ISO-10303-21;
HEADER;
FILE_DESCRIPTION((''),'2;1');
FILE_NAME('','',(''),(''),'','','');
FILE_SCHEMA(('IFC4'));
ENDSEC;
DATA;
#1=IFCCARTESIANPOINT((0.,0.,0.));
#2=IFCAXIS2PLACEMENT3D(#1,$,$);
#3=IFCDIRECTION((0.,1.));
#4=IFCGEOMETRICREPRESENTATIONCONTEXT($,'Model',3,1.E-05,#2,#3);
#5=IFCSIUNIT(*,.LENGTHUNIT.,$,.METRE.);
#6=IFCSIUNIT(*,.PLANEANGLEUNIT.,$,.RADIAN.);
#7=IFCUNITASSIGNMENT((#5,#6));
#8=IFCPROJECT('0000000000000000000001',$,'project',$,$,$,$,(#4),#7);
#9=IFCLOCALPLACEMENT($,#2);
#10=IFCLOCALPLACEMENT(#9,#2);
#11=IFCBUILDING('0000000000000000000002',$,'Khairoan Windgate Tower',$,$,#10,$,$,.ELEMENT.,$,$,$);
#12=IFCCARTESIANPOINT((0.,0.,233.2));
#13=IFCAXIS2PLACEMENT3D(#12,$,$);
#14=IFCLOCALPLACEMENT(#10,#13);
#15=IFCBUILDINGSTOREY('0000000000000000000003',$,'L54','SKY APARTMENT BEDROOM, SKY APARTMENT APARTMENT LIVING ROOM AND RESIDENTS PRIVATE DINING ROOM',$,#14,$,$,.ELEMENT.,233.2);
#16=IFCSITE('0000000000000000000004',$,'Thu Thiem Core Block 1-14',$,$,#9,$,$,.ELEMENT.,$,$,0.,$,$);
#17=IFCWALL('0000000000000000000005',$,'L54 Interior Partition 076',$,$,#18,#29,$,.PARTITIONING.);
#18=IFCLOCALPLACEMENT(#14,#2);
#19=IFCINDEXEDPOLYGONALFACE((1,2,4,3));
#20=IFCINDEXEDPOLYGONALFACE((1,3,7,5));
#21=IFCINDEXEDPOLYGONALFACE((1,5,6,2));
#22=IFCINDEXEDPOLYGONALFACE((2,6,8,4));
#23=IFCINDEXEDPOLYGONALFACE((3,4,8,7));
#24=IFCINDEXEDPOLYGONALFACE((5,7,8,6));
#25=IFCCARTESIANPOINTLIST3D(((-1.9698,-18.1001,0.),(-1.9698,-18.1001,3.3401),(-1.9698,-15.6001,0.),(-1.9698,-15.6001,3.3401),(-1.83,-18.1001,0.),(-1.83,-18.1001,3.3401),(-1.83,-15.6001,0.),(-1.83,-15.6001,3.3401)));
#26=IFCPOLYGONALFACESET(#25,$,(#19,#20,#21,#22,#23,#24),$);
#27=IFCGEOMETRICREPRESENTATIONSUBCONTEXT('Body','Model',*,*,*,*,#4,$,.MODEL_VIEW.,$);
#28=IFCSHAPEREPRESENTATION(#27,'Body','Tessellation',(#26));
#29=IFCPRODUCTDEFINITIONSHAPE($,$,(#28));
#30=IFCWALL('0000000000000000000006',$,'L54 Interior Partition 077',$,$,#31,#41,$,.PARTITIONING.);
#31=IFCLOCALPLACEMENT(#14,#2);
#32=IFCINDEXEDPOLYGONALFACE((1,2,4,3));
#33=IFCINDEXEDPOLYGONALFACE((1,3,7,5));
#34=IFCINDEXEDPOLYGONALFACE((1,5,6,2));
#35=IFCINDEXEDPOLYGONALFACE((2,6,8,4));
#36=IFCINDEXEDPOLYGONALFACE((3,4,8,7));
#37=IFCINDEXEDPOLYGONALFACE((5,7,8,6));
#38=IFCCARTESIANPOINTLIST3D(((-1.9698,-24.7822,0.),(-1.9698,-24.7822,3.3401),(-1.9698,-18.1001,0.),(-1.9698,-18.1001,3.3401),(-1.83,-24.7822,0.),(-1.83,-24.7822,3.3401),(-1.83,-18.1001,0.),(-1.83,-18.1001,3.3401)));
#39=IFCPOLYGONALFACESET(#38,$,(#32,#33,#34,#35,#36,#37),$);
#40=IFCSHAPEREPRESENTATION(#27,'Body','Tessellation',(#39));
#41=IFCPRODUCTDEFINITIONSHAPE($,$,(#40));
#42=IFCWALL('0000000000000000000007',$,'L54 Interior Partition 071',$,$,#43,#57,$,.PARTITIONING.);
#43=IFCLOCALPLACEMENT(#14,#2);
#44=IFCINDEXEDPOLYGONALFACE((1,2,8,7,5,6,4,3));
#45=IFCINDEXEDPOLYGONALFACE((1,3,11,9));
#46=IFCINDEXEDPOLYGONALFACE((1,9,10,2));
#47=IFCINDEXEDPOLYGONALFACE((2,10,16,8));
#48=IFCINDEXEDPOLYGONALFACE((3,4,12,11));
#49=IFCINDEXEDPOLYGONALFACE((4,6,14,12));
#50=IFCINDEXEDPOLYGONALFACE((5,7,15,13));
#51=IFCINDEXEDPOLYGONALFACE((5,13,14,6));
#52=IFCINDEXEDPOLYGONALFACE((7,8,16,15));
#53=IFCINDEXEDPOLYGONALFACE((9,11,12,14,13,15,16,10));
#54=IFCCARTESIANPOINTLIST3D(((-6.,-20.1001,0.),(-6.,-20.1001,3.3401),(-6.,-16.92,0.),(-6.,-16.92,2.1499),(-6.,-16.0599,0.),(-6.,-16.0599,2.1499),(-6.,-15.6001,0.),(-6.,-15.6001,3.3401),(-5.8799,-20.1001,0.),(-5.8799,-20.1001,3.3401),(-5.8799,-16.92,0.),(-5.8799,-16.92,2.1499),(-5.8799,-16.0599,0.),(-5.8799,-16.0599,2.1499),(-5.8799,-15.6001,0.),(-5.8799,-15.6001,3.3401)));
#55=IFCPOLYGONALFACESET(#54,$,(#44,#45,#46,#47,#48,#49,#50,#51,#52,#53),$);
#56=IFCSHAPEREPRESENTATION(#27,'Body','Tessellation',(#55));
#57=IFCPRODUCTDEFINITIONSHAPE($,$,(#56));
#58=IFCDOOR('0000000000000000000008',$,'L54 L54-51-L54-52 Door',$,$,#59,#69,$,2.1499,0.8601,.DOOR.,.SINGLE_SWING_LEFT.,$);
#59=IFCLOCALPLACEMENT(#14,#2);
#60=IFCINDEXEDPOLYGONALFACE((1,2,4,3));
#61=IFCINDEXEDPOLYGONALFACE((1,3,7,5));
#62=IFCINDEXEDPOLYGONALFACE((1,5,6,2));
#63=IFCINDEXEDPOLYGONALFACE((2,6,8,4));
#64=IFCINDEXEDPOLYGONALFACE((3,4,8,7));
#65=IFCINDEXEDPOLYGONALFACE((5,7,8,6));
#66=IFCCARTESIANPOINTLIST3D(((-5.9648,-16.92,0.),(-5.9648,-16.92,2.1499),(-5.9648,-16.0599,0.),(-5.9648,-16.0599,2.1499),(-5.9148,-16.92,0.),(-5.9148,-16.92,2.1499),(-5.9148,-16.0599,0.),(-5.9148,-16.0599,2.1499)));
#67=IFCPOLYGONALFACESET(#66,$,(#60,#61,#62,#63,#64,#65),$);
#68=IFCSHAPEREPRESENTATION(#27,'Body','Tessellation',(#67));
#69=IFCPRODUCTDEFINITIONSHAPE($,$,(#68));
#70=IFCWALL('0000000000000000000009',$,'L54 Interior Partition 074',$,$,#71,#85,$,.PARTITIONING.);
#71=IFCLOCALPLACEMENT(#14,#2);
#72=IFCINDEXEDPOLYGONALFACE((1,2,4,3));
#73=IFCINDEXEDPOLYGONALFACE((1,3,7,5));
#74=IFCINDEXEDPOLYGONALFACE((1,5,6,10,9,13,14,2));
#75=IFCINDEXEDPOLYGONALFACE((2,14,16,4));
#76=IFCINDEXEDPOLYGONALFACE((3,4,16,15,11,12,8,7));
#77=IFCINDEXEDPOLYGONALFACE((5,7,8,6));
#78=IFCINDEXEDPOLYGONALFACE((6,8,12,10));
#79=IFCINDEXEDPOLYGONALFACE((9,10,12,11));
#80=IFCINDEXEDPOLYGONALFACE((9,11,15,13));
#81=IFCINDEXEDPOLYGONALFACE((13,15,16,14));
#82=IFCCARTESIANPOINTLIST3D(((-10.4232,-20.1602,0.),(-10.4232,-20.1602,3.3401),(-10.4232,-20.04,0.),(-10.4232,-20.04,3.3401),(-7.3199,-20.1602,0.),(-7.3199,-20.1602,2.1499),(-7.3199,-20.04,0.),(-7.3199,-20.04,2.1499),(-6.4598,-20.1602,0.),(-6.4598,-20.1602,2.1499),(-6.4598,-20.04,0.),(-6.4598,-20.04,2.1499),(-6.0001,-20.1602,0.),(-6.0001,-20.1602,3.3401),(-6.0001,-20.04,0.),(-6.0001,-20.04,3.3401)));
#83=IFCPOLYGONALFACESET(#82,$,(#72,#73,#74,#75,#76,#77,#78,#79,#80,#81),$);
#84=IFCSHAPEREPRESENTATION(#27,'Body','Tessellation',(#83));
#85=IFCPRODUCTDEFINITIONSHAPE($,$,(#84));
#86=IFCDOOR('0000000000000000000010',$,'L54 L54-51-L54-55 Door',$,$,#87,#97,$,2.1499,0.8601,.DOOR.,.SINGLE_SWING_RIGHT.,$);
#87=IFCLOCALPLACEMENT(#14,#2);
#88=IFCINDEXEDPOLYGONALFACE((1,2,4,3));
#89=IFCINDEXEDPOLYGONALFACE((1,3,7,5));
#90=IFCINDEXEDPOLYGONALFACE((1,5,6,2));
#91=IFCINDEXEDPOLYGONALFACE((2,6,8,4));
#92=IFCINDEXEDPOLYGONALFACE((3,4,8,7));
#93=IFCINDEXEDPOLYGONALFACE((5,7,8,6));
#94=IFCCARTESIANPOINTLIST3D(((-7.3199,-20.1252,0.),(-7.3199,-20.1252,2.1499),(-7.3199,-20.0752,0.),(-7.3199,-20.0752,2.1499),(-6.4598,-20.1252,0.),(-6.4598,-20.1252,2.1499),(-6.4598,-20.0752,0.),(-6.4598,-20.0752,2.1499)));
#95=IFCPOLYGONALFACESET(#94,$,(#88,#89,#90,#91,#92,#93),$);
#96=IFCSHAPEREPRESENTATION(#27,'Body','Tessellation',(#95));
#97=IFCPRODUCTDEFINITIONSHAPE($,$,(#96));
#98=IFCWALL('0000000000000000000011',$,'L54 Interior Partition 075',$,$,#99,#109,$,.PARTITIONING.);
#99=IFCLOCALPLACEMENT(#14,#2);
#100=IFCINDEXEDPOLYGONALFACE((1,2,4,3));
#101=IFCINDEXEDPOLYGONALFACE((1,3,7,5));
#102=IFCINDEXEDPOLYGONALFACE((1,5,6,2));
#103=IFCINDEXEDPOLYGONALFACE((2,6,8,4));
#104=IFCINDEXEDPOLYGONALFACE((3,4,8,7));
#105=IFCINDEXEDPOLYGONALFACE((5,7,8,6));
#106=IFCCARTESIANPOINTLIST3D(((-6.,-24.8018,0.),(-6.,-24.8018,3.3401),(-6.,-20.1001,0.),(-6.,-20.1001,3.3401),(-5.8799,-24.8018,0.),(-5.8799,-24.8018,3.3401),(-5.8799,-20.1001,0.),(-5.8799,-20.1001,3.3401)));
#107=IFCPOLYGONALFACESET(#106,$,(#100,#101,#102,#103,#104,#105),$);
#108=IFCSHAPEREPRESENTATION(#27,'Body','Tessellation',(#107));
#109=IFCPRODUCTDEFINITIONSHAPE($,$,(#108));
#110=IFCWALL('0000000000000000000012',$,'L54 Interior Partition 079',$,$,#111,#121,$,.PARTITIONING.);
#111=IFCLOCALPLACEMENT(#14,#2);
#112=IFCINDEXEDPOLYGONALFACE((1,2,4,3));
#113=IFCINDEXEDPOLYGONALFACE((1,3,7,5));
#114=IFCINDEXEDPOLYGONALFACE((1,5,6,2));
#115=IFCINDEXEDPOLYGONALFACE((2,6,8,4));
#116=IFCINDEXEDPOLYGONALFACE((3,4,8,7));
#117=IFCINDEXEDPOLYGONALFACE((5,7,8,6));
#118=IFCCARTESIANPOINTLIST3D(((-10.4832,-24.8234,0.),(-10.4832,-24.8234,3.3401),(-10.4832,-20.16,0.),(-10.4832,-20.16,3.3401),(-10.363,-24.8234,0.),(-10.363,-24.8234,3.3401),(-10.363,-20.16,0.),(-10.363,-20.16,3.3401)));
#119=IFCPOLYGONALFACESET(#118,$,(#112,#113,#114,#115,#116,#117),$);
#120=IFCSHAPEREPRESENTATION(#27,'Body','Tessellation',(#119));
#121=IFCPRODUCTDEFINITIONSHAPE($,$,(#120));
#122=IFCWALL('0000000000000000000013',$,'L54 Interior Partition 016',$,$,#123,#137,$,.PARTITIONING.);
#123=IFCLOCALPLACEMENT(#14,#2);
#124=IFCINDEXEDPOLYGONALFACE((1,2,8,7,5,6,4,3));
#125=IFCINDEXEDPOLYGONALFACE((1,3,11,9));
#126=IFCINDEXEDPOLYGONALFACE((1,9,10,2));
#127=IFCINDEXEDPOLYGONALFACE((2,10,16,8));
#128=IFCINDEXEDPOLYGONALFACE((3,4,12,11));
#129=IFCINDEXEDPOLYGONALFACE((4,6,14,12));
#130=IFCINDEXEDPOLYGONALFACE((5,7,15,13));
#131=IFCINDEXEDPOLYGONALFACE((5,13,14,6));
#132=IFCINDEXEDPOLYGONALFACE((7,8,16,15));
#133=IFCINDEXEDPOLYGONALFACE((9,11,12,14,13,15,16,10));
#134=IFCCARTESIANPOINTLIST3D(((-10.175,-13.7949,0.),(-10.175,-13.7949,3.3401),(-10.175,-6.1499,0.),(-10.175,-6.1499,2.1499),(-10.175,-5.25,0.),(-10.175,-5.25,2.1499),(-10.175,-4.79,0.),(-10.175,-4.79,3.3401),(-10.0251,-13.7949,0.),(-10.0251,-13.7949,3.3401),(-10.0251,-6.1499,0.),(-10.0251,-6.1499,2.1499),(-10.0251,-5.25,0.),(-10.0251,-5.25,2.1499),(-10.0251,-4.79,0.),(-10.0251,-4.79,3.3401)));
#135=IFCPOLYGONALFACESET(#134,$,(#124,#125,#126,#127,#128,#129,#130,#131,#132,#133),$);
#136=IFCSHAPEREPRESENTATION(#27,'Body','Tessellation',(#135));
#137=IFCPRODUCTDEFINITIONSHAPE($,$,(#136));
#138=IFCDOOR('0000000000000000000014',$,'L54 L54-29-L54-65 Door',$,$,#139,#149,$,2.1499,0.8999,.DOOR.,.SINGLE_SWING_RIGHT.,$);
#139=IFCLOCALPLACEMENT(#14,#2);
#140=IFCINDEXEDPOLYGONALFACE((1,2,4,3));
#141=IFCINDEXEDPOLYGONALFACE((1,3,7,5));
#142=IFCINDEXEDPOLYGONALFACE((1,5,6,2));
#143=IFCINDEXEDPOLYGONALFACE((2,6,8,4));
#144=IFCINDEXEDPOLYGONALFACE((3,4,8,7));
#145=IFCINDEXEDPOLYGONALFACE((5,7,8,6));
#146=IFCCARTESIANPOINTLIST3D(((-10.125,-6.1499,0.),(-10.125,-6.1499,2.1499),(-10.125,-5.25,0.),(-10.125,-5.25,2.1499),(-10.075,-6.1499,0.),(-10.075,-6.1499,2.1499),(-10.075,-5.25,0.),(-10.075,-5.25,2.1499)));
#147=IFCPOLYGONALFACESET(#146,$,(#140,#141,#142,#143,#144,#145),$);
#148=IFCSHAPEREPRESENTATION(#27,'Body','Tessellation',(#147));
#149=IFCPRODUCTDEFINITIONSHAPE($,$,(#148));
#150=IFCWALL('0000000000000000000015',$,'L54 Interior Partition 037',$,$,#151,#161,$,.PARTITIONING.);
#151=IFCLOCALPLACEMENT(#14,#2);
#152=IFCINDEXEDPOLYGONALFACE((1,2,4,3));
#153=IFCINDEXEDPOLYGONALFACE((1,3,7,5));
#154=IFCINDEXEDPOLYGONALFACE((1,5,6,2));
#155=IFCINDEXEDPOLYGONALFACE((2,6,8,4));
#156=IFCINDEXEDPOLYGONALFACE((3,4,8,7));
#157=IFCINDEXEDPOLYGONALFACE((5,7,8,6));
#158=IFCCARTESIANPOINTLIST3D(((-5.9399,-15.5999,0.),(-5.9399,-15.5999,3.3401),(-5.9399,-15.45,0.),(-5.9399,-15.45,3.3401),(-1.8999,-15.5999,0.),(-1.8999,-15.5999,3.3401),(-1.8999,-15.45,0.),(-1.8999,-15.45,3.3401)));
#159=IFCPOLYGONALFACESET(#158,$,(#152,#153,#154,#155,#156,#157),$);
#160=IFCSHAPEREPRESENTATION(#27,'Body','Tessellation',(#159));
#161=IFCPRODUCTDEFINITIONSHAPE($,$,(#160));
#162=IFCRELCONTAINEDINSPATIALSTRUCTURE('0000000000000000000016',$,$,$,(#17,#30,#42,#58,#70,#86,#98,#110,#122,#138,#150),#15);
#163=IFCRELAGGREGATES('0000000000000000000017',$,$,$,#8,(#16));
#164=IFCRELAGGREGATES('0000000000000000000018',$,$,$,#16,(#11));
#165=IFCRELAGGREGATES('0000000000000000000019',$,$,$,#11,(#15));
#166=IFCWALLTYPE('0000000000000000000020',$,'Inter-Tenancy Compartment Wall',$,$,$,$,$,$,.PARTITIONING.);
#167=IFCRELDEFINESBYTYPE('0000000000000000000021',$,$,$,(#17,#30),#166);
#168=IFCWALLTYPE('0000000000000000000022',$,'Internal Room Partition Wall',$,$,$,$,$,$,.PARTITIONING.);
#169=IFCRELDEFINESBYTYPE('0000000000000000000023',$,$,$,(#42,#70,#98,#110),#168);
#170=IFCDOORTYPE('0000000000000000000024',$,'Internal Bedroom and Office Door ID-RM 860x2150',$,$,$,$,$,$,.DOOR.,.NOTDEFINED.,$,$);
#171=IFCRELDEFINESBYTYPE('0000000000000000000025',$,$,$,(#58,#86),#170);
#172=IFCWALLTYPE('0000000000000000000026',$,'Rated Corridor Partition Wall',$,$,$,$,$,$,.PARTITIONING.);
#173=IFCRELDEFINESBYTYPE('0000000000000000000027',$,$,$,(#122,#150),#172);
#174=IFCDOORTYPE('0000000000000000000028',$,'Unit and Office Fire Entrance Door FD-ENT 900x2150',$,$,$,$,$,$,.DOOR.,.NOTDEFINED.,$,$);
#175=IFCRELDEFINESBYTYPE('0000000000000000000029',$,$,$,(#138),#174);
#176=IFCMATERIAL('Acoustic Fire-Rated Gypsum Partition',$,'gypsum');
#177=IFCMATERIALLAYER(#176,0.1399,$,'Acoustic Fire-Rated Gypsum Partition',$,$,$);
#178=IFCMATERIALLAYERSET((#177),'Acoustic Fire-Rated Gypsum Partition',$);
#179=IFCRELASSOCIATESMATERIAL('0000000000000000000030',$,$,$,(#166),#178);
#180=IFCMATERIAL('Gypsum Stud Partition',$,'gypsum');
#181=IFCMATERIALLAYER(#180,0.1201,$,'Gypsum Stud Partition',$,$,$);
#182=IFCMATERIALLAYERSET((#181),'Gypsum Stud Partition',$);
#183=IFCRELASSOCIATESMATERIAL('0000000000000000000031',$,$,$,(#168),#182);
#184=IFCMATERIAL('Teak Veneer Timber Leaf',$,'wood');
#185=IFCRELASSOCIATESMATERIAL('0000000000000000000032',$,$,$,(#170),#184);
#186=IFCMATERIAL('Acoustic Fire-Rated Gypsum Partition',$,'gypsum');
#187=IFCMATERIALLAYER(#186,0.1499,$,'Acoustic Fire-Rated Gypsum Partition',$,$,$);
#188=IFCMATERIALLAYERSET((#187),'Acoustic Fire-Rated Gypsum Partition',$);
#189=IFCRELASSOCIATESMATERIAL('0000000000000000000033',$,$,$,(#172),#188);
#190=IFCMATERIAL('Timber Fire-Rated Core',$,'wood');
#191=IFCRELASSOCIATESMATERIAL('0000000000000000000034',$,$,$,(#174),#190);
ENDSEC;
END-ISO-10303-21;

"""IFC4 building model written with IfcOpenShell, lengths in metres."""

from ifc_helpers import new_model, si_unit, direction, frame, frame_2d, origin, place, context, subcontext, project, spatial, rectangle, extrude, material, layer, layer_set, type_object, element, fill, save


model = new_model("IFC4")

# Units and contexts
model_context = context("Model", 3, precision=1e-05, world=origin(), true_north=direction((0.0, 1.0)))
body_context = subcontext(model_context, "Body", "Model", "MODEL_VIEW")
ifc_project = project(units=[si_unit("LENGTHUNIT", "METRE"), si_unit("PLANEANGLEUNIT", "RADIAN")], contexts=[model_context])

# Site, building, storey
site_placement = place(None, origin())
site = spatial("IfcSite", under=ifc_project, at=site_placement, Name="Thu Thiem Core Block 1-14", CompositionType="ELEMENT", RefElevation=0.0)
building_placement = place(site_placement, origin())
building = spatial("IfcBuilding", under=site, at=building_placement, Name="Khairoan Windgate Tower", CompositionType="ELEMENT")
storey_placement = place(building_placement, frame((0.0, 0.0, 233.2)))
storey = spatial("IfcBuildingStorey", under=building, at=storey_placement, Name="L54", Description="SKY APARTMENT BEDROOM, SKY APARTMENT APARTMENT LIVING ROOM AND RESIDENTS PRIVATE DINING ROOM", CompositionType="ELEMENT", Elevation=233.2)

# Walls
ifc_material_1 = material(Name="Acoustic Fire-Rated Gypsum Partition", Category="gypsum")
ifc_layer_1 = layer(ifc_material_1, 0.1399, Name="Acoustic Fire-Rated Gypsum Partition")
ifc_layer_set_1 = layer_set([ifc_layer_1], Name="Acoustic Fire-Rated Gypsum Partition")
wall_type_1 = type_object("IfcWallType", Name="Inter-Tenancy Compartment Wall", PredefinedType="PARTITIONING", material=ifc_layer_set_1)
wall_1_placement = place(storey_placement, frame((-1.8999, -18.1001, 0.0), z_axis=(0.0, 0.0, 1.0), x_axis=(0.0, 1.0, 0.0)))
element("IfcWall", 1, at=wall_1_placement, inside=storey, type_object=wall_type_1, Name="L54 Interior Partition 076", PredefinedType="PARTITIONING", context=body_context, shape_type="SweptSolid", body=[
    extrude(rectangle(XDim=2.5, YDim=0.1399, at=frame_2d((1.25, 0.0))), origin(), (0.0, 0.0, 1.0), 3.3401),
])
wall_2_placement = place(storey_placement, frame((-1.8999, -24.7822, 0.0), z_axis=(0.0, 0.0, 1.0), x_axis=(0.0, 1.0, 0.0)))
element("IfcWall", 2, at=wall_2_placement, inside=storey, type_object=wall_type_1, Name="L54 Interior Partition 077", PredefinedType="PARTITIONING", context=body_context, shape_type="SweptSolid", body=[
    extrude(rectangle(XDim=6.6821, YDim=0.1399, at=frame_2d((3.3411, 0.0))), origin(), (0.0, 0.0, 1.0), 3.3401),
])

# Walls, openings, doors
ifc_material_2 = material(Name="Gypsum Stud Partition", Category="gypsum")
ifc_layer_2 = layer(ifc_material_2, 0.1201, Name="Gypsum Stud Partition")
ifc_layer_set_2 = layer_set([ifc_layer_2], Name="Gypsum Stud Partition")
wall_type_2 = type_object("IfcWallType", Name="Internal Room Partition Wall", PredefinedType="PARTITIONING", material=ifc_layer_set_2)
wall_3_placement = place(storey_placement, frame((-5.9399, -20.1001, 0.0), z_axis=(0.0, 0.0, 1.0), x_axis=(0.0, 1.0, 0.0)))
wall_3 = element("IfcWall", 3, at=wall_3_placement, inside=storey, type_object=wall_type_2, Name="L54 Interior Partition 071", PredefinedType="PARTITIONING", context=body_context, shape_type="SweptSolid", body=[
    extrude(rectangle(XDim=4.5, YDim=0.1201, at=frame_2d((2.25, 0.0))), origin(), (0.0, 0.0, 1.0), 3.3401),
])
opening_1_placement = place(wall_3_placement, frame((3.1799, 0.0, 0.0)))
opening_1 = element("IfcOpeningElement", 4, at=opening_1_placement, cuts=wall_3, PredefinedType="OPENING", context=body_context, shape_type="SweptSolid", body=[
    extrude(rectangle(XDim=0.8601, YDim=2.1499, at=frame_2d((0.4302, 1.075))), frame((0.0, 0.0701, 0.0), z_axis=(0.0, -1.0, 0.0), x_axis=(1.0, 0.0, 0.0)), (0.0, 0.0, 1.0), 0.1401),
])
ifc_material_3 = material(Name="Teak Veneer Timber Leaf", Category="wood")
door_type_1 = type_object("IfcDoorType", Name="Internal Bedroom and Office Door ID-RM 860x2150", OperationType="NOTDEFINED", PredefinedType="DOOR", material=ifc_material_3)
door_1_placement = place(opening_1_placement, origin())
door_1 = element("IfcDoor", 5, at=door_1_placement, inside=storey, type_object=door_type_1, Name="L54 L54-51-L54-52 Door", OperationType="SINGLE_SWING_LEFT", OverallHeight=2.1499, OverallWidth=0.8601, PredefinedType="DOOR", context=body_context, shape_type="SweptSolid", body=[
    extrude(rectangle(XDim=0.8601, YDim=2.1499, at=frame_2d((0.4302, 1.075))), frame((0.0, 0.0249, 0.0), z_axis=(0.0, -1.0, 0.0), x_axis=(1.0, 0.0, 0.0)), (0.0, 0.0, 1.0), 0.05),
])
fill(opening_1, door_1)
wall_4_placement = place(storey_placement, frame((-10.4231, -20.1001, 0.0), z_axis=(0.0, 0.0, 1.0), x_axis=(1.0, 0.0, 0.0)))
wall_4 = element("IfcWall", 6, at=wall_4_placement, inside=storey, type_object=wall_type_2, Name="L54 Interior Partition 074", PredefinedType="PARTITIONING", context=body_context, shape_type="SweptSolid", body=[
    extrude(rectangle(XDim=4.4231, YDim=0.1201, at=frame_2d((2.2114, 0.0))), origin(), (0.0, 0.0, 1.0), 3.3401),
])
opening_2_placement = place(wall_4_placement, frame((3.103, 0.0, 0.0)))
opening_2 = element("IfcOpeningElement", 7, at=opening_2_placement, cuts=wall_4, PredefinedType="OPENING", context=body_context, shape_type="SweptSolid", body=[
    extrude(rectangle(XDim=0.8601, YDim=2.1499, at=frame_2d((0.4302, 1.075))), frame((0.0, 0.0701, 0.0), z_axis=(0.0, -1.0, 0.0), x_axis=(1.0, 0.0, 0.0)), (0.0, 0.0, 1.0), 0.1401),
])
door_2_placement = place(opening_2_placement, origin())
door_2 = element("IfcDoor", 8, at=door_2_placement, inside=storey, type_object=door_type_1, Name="L54 L54-51-L54-55 Door", OperationType="SINGLE_SWING_RIGHT", OverallHeight=2.1499, OverallWidth=0.8601, PredefinedType="DOOR", context=body_context, shape_type="SweptSolid", body=[
    extrude(rectangle(XDim=0.8601, YDim=2.1499, at=frame_2d((0.4302, 1.075))), frame((0.0, 0.0249, 0.0), z_axis=(0.0, -1.0, 0.0), x_axis=(1.0, 0.0, 0.0)), (0.0, 0.0, 1.0), 0.05),
])
fill(opening_2, door_2)

# Walls
wall_5_placement = place(storey_placement, frame((-5.9399, -24.8018, 0.0), z_axis=(0.0, 0.0, 1.0), x_axis=(0.0, 1.0, 0.0)))
element("IfcWall", 9, at=wall_5_placement, inside=storey, type_object=wall_type_2, Name="L54 Interior Partition 075", PredefinedType="PARTITIONING", context=body_context, shape_type="SweptSolid", body=[
    extrude(rectangle(XDim=4.7017, YDim=0.1201, at=frame_2d((2.3508, 0.0))), origin(), (0.0, 0.0, 1.0), 3.3401),
])
wall_6_placement = place(storey_placement, frame((-10.4231, -24.8232, 0.0), z_axis=(0.0, 0.0, 1.0), x_axis=(0.0, 1.0, 0.0)))
element("IfcWall", 10, at=wall_6_placement, inside=storey, type_object=wall_type_2, Name="L54 Interior Partition 079", PredefinedType="PARTITIONING", context=body_context, shape_type="SweptSolid", body=[
    extrude(rectangle(XDim=4.6633, YDim=0.1201, at=frame_2d((2.3315, 0.0))), origin(), (0.0, 0.0, 1.0), 3.3401),
])

# Wall, opening, door
ifc_material_4 = material(Name="Acoustic Fire-Rated Gypsum Partition", Category="gypsum")
ifc_layer_3 = layer(ifc_material_4, 0.1499, Name="Acoustic Fire-Rated Gypsum Partition")
ifc_layer_set_3 = layer_set([ifc_layer_3], Name="Acoustic Fire-Rated Gypsum Partition")
wall_type_3 = type_object("IfcWallType", Name="Rated Corridor Partition Wall", PredefinedType="PARTITIONING", material=ifc_layer_set_3)
wall_7_placement = place(storey_placement, frame((-10.1001, -13.7949, 0.0), z_axis=(0.0, 0.0, 1.0), x_axis=(0.0, 1.0, 0.0)))
wall_7 = element("IfcWall", 11, at=wall_7_placement, inside=storey, type_object=wall_type_3, Name="L54 Interior Partition 016", PredefinedType="PARTITIONING", context=body_context, shape_type="SweptSolid", body=[
    extrude(rectangle(XDim=9.0049, YDim=0.1499, at=frame_2d((4.5024, 0.0))), origin(), (0.0, 0.0, 1.0), 3.3401),
])
opening_3_placement = place(wall_7_placement, frame((7.645, 0.0, 0.0)))
opening_3 = element("IfcOpeningElement", 12, at=opening_3_placement, cuts=wall_7, PredefinedType="OPENING", context=body_context, shape_type="SweptSolid", body=[
    extrude(rectangle(XDim=0.8999, YDim=2.1499, at=frame_2d((0.45, 1.075))), frame((0.0, 0.085, 0.0), z_axis=(0.0, -1.0, 0.0), x_axis=(1.0, 0.0, 0.0)), (0.0, 0.0, 1.0), 0.1699),
])
ifc_material_5 = material(Name="Timber Fire-Rated Core", Category="wood")
door_type_2 = type_object("IfcDoorType", Name="Unit and Office Fire Entrance Door FD-ENT 900x2150", OperationType="NOTDEFINED", PredefinedType="DOOR", material=ifc_material_5)
door_3_placement = place(opening_3_placement, origin())
door_3 = element("IfcDoor", 13, at=door_3_placement, inside=storey, type_object=door_type_2, Name="L54 L54-29-L54-65 Door", OperationType="SINGLE_SWING_RIGHT", OverallHeight=2.1499, OverallWidth=0.8999, PredefinedType="DOOR", context=body_context, shape_type="SweptSolid", body=[
    extrude(rectangle(XDim=0.8999, YDim=2.1499, at=frame_2d((0.45, 1.075))), frame((0.0, 0.0249, 0.0), z_axis=(0.0, -1.0, 0.0), x_axis=(1.0, 0.0, 0.0)), (0.0, 0.0, 1.0), 0.05),
])
fill(opening_3, door_3)

# Wall
wall_8_placement = place(storey_placement, frame((-5.9399, -15.5249, 0.0), z_axis=(0.0, 0.0, 1.0), x_axis=(1.0, 0.0, 0.0)))
element("IfcWall", 14, at=wall_8_placement, inside=storey, type_object=wall_type_3, Name="L54 Interior Partition 037", PredefinedType="PARTITIONING", context=body_context, shape_type="SweptSolid", body=[
    extrude(rectangle(XDim=4.04, YDim=0.1499, at=frame_2d((2.02, 0.0))), origin(), (0.0, 0.0, 1.0), 3.3401),
])

save(model, "model.ifc")
